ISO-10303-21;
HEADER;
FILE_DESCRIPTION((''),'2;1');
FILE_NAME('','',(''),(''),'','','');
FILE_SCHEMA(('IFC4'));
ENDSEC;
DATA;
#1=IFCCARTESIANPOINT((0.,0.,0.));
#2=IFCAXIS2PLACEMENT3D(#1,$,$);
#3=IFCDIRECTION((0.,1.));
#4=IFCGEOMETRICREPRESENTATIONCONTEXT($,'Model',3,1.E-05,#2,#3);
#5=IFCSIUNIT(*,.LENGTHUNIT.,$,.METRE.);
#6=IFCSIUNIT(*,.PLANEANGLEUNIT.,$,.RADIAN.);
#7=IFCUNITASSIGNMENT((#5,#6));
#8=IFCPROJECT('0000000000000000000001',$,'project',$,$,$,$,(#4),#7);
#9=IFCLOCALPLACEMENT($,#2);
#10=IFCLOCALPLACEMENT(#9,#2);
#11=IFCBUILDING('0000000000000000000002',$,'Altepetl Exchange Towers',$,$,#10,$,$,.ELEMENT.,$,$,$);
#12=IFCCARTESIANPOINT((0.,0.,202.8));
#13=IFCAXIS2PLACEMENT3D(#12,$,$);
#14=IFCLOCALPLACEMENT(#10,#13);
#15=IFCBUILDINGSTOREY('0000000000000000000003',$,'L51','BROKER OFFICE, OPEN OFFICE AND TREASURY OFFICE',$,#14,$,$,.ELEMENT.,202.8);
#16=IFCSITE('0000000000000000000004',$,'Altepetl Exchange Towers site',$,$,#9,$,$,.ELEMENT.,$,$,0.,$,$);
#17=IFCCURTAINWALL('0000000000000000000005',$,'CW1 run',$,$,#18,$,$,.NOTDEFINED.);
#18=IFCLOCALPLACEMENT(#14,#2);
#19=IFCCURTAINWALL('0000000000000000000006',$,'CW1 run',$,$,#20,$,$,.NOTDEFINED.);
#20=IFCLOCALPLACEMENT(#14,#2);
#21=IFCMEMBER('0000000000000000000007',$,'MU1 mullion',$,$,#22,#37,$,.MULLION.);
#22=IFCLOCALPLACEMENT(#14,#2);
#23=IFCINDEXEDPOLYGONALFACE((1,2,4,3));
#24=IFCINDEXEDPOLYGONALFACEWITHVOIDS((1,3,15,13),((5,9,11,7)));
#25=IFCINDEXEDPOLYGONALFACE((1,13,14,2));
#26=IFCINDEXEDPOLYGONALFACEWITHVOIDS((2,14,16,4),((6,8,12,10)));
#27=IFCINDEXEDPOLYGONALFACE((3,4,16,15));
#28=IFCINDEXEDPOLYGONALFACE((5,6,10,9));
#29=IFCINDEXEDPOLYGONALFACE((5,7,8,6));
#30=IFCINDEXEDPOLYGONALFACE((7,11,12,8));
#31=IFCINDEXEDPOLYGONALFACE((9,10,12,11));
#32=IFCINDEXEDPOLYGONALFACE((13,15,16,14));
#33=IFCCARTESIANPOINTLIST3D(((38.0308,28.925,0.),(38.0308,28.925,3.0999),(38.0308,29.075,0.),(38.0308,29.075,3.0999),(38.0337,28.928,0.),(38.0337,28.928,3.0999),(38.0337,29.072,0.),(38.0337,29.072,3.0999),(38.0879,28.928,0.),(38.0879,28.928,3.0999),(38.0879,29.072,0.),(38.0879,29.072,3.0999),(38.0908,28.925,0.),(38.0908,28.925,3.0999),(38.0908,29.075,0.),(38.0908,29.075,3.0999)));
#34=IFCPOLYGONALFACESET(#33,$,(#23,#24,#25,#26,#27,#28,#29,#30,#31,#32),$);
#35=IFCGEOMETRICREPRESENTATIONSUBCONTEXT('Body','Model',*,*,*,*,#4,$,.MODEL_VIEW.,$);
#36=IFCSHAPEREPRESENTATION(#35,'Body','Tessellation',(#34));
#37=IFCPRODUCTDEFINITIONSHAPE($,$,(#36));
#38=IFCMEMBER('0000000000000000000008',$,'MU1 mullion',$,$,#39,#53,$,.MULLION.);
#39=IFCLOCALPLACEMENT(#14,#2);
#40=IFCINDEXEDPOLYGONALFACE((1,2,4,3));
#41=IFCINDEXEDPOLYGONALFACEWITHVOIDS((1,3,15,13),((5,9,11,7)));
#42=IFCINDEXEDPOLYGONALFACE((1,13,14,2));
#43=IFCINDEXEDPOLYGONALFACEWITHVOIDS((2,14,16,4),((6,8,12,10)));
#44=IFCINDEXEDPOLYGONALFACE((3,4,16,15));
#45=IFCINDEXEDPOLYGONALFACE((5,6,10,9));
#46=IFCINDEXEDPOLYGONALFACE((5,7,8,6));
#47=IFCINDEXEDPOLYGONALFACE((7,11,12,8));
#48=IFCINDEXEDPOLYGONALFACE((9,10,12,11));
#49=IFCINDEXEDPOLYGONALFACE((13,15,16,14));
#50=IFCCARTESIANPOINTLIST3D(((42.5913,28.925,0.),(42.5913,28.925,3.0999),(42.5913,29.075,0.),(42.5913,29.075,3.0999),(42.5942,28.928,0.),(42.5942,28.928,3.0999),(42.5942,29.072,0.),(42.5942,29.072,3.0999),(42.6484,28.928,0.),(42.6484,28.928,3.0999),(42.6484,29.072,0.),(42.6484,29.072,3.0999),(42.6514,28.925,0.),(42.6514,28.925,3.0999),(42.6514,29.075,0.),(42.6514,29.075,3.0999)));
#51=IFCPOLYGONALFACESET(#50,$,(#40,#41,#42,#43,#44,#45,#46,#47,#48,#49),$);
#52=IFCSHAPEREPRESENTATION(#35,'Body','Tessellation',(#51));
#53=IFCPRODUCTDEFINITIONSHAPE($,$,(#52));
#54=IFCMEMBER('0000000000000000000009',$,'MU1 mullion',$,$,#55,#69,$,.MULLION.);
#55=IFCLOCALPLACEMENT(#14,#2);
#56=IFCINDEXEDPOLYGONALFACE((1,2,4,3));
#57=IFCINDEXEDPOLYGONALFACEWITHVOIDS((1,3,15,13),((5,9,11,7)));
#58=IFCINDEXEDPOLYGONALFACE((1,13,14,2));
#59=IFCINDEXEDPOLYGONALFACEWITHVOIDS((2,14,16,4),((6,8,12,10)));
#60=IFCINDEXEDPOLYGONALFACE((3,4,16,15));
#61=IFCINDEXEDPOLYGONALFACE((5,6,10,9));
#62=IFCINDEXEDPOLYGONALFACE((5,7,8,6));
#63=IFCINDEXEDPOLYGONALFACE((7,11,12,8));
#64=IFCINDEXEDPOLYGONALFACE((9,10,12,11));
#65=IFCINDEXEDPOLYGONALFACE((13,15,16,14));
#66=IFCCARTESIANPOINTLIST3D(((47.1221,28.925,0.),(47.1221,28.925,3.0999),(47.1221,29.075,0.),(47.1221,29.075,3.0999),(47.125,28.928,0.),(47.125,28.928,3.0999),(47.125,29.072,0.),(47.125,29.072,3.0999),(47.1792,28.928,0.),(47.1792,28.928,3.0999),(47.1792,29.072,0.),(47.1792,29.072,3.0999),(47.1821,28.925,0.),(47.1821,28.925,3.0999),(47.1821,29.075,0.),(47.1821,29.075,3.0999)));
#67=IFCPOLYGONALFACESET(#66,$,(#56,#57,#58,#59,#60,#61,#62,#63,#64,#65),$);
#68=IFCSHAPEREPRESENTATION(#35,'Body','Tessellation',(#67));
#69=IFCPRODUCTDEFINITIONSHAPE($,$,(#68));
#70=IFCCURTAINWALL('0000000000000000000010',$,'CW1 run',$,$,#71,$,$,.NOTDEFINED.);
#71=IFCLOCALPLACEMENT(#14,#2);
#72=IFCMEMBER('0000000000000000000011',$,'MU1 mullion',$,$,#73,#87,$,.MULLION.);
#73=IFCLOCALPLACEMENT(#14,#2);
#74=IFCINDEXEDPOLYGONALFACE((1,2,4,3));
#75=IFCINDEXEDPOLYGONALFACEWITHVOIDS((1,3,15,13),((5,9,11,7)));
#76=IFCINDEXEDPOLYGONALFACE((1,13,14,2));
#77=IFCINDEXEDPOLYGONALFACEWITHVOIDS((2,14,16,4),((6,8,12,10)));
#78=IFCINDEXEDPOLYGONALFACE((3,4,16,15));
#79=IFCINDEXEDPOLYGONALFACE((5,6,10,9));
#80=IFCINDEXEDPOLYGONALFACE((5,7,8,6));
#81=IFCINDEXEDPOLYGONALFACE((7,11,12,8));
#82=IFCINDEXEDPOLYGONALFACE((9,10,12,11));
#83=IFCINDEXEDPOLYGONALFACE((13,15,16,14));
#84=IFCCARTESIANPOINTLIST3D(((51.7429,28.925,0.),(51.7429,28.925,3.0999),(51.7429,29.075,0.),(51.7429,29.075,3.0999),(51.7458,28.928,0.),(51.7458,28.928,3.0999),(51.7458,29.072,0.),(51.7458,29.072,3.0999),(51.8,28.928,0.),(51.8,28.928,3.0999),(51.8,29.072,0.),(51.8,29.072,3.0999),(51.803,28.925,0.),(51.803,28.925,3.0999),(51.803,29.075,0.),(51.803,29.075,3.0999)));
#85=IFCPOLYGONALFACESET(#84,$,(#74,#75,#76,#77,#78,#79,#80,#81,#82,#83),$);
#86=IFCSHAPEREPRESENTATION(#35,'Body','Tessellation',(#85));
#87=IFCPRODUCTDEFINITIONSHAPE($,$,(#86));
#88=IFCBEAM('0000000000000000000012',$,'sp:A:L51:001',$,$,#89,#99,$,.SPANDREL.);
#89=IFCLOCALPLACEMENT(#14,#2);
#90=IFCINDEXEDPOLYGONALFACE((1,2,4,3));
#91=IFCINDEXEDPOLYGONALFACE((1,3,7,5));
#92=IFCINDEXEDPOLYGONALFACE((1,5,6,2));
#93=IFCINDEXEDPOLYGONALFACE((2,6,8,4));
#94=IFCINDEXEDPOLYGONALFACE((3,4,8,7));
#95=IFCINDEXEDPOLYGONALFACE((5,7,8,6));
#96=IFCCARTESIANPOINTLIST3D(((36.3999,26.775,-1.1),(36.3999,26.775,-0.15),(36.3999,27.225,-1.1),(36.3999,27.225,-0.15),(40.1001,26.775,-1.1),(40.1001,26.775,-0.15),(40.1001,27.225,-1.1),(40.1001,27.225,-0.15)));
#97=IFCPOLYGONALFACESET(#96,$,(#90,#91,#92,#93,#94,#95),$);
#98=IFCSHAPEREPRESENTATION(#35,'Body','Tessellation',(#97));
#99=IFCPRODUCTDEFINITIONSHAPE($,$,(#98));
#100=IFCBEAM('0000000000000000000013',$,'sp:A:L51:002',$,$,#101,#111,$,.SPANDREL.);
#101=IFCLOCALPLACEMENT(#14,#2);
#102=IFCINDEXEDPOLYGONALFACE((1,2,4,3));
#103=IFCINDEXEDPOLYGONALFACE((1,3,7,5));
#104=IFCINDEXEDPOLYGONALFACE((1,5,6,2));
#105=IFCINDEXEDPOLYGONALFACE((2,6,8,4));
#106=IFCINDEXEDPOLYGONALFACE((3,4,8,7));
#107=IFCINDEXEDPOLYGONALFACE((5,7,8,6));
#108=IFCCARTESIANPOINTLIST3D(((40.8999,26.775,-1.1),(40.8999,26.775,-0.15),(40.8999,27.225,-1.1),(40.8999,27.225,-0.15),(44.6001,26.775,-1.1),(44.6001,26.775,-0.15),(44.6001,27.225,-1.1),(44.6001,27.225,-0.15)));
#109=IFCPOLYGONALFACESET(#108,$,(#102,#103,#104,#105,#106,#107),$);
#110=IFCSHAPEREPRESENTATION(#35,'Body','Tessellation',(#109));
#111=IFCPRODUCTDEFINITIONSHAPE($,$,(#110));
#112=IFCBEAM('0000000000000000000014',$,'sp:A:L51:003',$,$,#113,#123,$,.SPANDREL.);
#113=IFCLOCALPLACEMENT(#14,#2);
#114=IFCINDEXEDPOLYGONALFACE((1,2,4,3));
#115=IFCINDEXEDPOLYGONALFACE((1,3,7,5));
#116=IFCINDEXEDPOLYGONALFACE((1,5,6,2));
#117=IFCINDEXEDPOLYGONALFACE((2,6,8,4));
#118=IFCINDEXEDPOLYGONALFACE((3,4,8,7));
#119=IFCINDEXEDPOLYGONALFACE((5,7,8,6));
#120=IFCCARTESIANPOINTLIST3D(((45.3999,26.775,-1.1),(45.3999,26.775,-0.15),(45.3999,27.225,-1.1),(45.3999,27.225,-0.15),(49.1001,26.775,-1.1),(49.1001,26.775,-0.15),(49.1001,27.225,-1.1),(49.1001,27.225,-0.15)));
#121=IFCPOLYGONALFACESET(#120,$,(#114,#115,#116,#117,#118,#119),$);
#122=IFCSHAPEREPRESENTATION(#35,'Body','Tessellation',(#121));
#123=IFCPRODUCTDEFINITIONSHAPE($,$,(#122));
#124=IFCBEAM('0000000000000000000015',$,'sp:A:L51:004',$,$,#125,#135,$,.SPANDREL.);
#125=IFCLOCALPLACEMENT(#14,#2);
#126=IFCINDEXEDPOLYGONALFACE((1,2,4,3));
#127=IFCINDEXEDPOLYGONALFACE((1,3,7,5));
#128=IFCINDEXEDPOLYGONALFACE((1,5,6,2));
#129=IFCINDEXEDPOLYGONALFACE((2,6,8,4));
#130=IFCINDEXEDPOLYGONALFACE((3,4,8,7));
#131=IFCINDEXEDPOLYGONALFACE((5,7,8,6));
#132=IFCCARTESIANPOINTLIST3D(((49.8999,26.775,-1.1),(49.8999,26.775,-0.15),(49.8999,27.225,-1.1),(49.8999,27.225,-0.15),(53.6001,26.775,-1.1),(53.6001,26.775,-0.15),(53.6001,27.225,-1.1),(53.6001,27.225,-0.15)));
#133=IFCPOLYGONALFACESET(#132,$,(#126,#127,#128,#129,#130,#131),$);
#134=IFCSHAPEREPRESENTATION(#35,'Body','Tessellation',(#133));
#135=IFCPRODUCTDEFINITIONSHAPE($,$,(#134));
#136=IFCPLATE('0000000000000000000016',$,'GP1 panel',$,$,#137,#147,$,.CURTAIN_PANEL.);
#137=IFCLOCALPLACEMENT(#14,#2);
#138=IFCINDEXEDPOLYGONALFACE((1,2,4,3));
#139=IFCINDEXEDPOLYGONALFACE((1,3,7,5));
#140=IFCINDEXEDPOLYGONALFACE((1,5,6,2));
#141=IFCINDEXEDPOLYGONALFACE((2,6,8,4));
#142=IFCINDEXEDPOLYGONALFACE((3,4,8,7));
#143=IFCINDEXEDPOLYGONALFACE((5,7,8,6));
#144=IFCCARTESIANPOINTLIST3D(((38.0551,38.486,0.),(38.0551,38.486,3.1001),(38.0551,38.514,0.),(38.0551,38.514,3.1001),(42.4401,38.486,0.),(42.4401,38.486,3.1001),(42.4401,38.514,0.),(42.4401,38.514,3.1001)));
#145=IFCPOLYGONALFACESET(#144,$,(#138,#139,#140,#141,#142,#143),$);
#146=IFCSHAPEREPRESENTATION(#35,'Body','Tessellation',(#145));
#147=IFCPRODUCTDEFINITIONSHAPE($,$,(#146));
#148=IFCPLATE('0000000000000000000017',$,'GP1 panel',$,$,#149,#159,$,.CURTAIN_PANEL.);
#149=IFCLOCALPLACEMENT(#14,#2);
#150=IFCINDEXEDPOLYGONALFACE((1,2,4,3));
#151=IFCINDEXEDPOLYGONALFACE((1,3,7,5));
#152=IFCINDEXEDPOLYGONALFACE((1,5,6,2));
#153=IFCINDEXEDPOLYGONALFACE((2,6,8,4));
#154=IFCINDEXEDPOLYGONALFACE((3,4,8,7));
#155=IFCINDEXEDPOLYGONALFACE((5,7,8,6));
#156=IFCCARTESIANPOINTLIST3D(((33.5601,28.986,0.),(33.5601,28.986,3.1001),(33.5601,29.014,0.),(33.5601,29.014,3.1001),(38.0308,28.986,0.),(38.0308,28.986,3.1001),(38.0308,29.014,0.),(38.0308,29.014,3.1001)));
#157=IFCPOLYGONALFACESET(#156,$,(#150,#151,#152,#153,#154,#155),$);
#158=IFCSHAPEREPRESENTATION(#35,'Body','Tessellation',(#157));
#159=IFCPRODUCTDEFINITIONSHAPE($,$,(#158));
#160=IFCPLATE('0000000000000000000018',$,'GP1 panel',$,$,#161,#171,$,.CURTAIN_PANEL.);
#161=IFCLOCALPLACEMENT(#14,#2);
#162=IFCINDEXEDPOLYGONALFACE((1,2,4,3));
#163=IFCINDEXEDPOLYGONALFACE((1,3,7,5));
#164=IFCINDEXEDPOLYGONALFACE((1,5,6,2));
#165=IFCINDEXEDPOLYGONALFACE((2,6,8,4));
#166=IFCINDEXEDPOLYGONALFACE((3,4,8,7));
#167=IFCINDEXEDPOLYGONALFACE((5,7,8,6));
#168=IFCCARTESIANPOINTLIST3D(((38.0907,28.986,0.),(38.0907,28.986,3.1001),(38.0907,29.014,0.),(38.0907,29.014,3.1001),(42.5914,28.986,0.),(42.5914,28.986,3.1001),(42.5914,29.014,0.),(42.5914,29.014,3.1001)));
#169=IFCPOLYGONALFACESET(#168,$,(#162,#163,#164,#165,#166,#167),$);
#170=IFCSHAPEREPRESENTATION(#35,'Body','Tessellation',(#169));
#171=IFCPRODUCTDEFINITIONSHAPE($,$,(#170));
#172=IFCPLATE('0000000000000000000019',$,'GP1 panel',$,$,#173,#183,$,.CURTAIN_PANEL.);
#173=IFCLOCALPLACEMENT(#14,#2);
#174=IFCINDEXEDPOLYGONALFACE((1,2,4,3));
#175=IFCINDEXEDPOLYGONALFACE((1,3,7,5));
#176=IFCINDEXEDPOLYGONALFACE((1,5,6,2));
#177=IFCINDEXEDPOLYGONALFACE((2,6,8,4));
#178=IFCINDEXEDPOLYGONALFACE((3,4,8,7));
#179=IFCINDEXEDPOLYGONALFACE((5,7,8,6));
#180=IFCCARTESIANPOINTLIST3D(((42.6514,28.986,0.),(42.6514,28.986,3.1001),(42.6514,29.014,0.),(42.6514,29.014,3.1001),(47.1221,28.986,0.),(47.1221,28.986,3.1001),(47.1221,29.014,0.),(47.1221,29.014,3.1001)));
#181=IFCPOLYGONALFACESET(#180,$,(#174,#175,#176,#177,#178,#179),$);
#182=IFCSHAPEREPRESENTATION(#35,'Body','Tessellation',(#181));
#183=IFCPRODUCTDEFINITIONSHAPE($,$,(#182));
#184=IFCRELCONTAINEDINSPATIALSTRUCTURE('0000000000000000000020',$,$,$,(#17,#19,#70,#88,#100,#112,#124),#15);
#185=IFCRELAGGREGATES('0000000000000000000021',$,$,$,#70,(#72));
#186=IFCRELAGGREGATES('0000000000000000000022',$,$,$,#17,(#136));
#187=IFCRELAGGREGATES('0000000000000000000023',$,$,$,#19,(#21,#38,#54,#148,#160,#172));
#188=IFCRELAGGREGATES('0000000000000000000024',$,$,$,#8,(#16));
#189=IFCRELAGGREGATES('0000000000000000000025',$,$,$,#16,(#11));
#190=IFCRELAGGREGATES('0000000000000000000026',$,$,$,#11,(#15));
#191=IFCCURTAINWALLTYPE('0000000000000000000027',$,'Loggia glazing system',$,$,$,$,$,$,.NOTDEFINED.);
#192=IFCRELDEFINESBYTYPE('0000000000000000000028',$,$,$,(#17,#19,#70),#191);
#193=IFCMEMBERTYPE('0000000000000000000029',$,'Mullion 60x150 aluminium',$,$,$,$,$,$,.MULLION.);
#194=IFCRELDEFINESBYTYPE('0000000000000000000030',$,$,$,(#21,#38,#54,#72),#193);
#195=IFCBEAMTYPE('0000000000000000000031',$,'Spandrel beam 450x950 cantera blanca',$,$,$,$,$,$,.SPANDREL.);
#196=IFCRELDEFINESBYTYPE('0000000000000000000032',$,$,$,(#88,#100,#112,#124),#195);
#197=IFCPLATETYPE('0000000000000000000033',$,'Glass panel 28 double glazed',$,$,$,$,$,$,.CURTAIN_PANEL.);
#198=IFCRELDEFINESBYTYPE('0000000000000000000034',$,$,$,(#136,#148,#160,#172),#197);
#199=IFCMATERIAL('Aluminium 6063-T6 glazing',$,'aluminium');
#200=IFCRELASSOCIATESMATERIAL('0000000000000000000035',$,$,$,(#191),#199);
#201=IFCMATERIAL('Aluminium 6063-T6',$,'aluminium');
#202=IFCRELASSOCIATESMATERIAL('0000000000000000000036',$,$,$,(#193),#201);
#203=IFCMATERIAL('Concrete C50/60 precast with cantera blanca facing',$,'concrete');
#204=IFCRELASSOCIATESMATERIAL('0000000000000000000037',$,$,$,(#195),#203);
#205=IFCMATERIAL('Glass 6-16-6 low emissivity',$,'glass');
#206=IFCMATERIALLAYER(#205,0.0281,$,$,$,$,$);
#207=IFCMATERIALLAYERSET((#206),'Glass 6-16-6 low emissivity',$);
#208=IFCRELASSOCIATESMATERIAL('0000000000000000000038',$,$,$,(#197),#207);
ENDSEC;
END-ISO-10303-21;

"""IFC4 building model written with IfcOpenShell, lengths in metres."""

from ifc_helpers import new_model, si_unit, direction, frame, origin, origin_2d, place, context, subcontext, project, spatial, rectangle, hollow_rectangle, extrude, material, layer, layer_set, material_profile, profile_set, type_object, element, aggregate, save


model = new_model("IFC4")

# Units and contexts
model_context = context("Model", 3, precision=1e-05, world=origin(), true_north=direction((0.0, 1.0)))
body_context = subcontext(model_context, "Body", "Model", "MODEL_VIEW")
ifc_project = project(units=[si_unit("LENGTHUNIT", "METRE"), si_unit("PLANEANGLEUNIT", "RADIAN")], contexts=[model_context])

# Site, building, storey
site_placement = place(None, origin())
site = spatial("IfcSite", under=ifc_project, at=site_placement, Name="Altepetl Exchange Towers site", CompositionType="ELEMENT", RefElevation=0.0)
building_placement = place(site_placement, origin())
building = spatial("IfcBuilding", under=site, at=building_placement, Name="Altepetl Exchange Towers", CompositionType="ELEMENT")
storey_placement = place(building_placement, frame((0.0, 0.0, 202.8)))
storey = spatial("IfcBuildingStorey", under=building, at=storey_placement, Name="L51", Description="BROKER OFFICE, OPEN OFFICE AND TREASURY OFFICE", CompositionType="ELEMENT", Elevation=202.8)

# Shared definitions
ifc_material_1 = material(Name="Aluminium 6063-T6 glazing", Category="aluminium")
curtain_wall_type = type_object("IfcCurtainWallType", Name="Loggia glazing system", PredefinedType="NOTDEFINED", material=ifc_material_1)
ifc_material_2 = material(Name="Aluminium 6063-T6", Category="aluminium")
ifc_material_profile_1 = material_profile(ifc_material_2, hollow_rectangle(XDim=0.0601, YDim=0.1499, WallThickness=0.0029, at=origin_2d()), Name="Mullion 60x150 aluminium")
ifc_profile_set_1 = profile_set([ifc_material_profile_1], Name="Aluminium 6063-T6")
member_type = type_object("IfcMemberType", Name="Mullion 60x150 aluminium", PredefinedType="MULLION", material=ifc_profile_set_1)

# Curtain walls, members
curtain_wall_1_placement = place(storey_placement, origin())
curtain_wall_1 = element("IfcCurtainWall", 1, at=curtain_wall_1_placement, inside=storey, type_object=curtain_wall_type, Name="CW1 run", PredefinedType="NOTDEFINED")
curtain_wall_2_placement = place(storey_placement, origin())
curtain_wall_2 = element("IfcCurtainWall", 2, at=curtain_wall_2_placement, inside=storey, type_object=curtain_wall_type, Name="CW1 run", PredefinedType="NOTDEFINED")
member_1_placement = place(storey_placement, frame((38.0608, 29.0, 0.0)))
member_1 = element("IfcMember", 3, at=member_1_placement, type_object=member_type, Name="MU1 mullion", PredefinedType="MULLION", context=body_context, shape_type="SweptSolid", body=[
    extrude(hollow_rectangle(XDim=0.0601, YDim=0.1499, WallThickness=0.0029, at=origin_2d()), origin(), (0.0, 0.0, 1.0), 3.0999),
])
member_2_placement = place(storey_placement, frame((42.6213, 29.0, 0.0)))
member_2 = element("IfcMember", 4, at=member_2_placement, type_object=member_type, Name="MU1 mullion", PredefinedType="MULLION", context=body_context, shape_type="SweptSolid", body=[
    extrude(hollow_rectangle(XDim=0.0601, YDim=0.1499, WallThickness=0.0029, at=origin_2d()), origin(), (0.0, 0.0, 1.0), 3.0999),
])
member_3_placement = place(storey_placement, frame((47.1521, 29.0, 0.0)))
member_3 = element("IfcMember", 5, at=member_3_placement, type_object=member_type, Name="MU1 mullion", PredefinedType="MULLION", context=body_context, shape_type="SweptSolid", body=[
    extrude(hollow_rectangle(XDim=0.0601, YDim=0.1499, WallThickness=0.0029, at=origin_2d()), origin(), (0.0, 0.0, 1.0), 3.0999),
])

# Curtain wall, member
curtain_wall_3_placement = place(storey_placement, origin())
curtain_wall_3 = element("IfcCurtainWall", 6, at=curtain_wall_3_placement, inside=storey, type_object=curtain_wall_type, Name="CW1 run", PredefinedType="NOTDEFINED")
member_4_placement = place(storey_placement, frame((51.7729, 29.0, 0.0)))
member_4 = element("IfcMember", 7, at=member_4_placement, type_object=member_type, Name="MU1 mullion", PredefinedType="MULLION", context=body_context, shape_type="SweptSolid", body=[
    extrude(hollow_rectangle(XDim=0.0601, YDim=0.1499, WallThickness=0.0029, at=origin_2d()), origin(), (0.0, 0.0, 1.0), 3.0999),
])
aggregate(curtain_wall_3, [member_4])

# Beams
ifc_material_3 = material(Name="Concrete C50/60 precast with cantera blanca facing", Category="concrete")
ifc_material_profile_2 = material_profile(ifc_material_3, rectangle(XDim=0.45, YDim=0.95, at=origin_2d()), Name="450 x 950")
ifc_profile_set_2 = profile_set([ifc_material_profile_2], Name="Concrete C50/60 precast with cantera blanca facing")
beam_type_1 = type_object("IfcBeamType", Name="Spandrel beam 450x950 cantera blanca", PredefinedType="SPANDREL", material=ifc_profile_set_2)
for number, where, z_axis, x_axis, name in (
    (8, (36.3999, 27.0, -0.625), (1.0, 0.0, 0.0), (0.0, 1.0, 0.0), "sp:A:L51:001"),
    (9, (40.8999, 27.0, -0.625), (1.0, 0.0, 0.0), (0.0, 1.0, 0.0), "sp:A:L51:002"),
    (10, (45.3999, 27.0, -0.625), (1.0, 0.0, 0.0), (0.0, 1.0, 0.0), "sp:A:L51:003"),
    (11, (49.8999, 27.0, -0.625), (1.0, 0.0, 0.0), (0.0, 1.0, 0.0), "sp:A:L51:004"),
):
    element("IfcBeam", number, at=place(storey_placement, frame(where, z_axis=z_axis, x_axis=x_axis)), inside=storey, type_object=beam_type_1, Name=name, PredefinedType="SPANDREL", context=body_context, shape_type="SweptSolid", body=[
        extrude(rectangle(XDim=0.45, YDim=0.95, at=origin_2d()), origin(), (0.0, 0.0, 1.0), 3.7002),
    ])

# Plates
ifc_material_4 = material(Name="Glass 6-16-6 low emissivity", Category="glass")
ifc_layer_1 = layer(ifc_material_4, 0.0281)
ifc_layer_set_1 = layer_set([ifc_layer_1], Name="Glass 6-16-6 low emissivity")
plate_type = type_object("IfcPlateType", Name="Glass panel 28 double glazed", PredefinedType="CURTAIN_PANEL", material=ifc_layer_set_1)
plate_1_placement = place(storey_placement, frame((40.2476, 38.5, 0.0), z_axis=(0.0, 0.0, 1.0), x_axis=(-1.0, 0.0, 0.0)))
plate_1 = element("IfcPlate", 12, at=plate_1_placement, type_object=plate_type, Name="GP1 panel", PredefinedType="CURTAIN_PANEL", context=body_context, shape_type="SweptSolid", body=[
    extrude(rectangle(XDim=4.385, YDim=0.0281, at=origin_2d()), origin(), (0.0, 0.0, 1.0), 3.1001),
])
aggregate(curtain_wall_1, [plate_1])
plate_2_placement = place(storey_placement, frame((35.7954, 29.0, 0.0)))
plate_2 = element("IfcPlate", 13, at=plate_2_placement, type_object=plate_type, Name="GP1 panel", PredefinedType="CURTAIN_PANEL", context=body_context, shape_type="SweptSolid", body=[
    extrude(rectangle(XDim=4.4707, YDim=0.0281, at=origin_2d()), origin(), (0.0, 0.0, 1.0), 3.1001),
])
plate_3_placement = place(storey_placement, frame((40.3411, 29.0, 0.0)))
plate_3 = element("IfcPlate", 14, at=plate_3_placement, type_object=plate_type, Name="GP1 panel", PredefinedType="CURTAIN_PANEL", context=body_context, shape_type="SweptSolid", body=[
    extrude(rectangle(XDim=4.5007, YDim=0.0281, at=origin_2d()), origin(), (0.0, 0.0, 1.0), 3.1001),
])
plate_4_placement = place(storey_placement, frame((44.8867, 29.0, 0.0)))
plate_4 = element("IfcPlate", 15, at=plate_4_placement, type_object=plate_type, Name="GP1 panel", PredefinedType="CURTAIN_PANEL", context=body_context, shape_type="SweptSolid", body=[
    extrude(rectangle(XDim=4.4707, YDim=0.0281, at=origin_2d()), origin(), (0.0, 0.0, 1.0), 3.1001),
])
aggregate(curtain_wall_2, [member_1, member_2, member_3, plate_2, plate_3, plate_4])

save(model, "model.ifc")
